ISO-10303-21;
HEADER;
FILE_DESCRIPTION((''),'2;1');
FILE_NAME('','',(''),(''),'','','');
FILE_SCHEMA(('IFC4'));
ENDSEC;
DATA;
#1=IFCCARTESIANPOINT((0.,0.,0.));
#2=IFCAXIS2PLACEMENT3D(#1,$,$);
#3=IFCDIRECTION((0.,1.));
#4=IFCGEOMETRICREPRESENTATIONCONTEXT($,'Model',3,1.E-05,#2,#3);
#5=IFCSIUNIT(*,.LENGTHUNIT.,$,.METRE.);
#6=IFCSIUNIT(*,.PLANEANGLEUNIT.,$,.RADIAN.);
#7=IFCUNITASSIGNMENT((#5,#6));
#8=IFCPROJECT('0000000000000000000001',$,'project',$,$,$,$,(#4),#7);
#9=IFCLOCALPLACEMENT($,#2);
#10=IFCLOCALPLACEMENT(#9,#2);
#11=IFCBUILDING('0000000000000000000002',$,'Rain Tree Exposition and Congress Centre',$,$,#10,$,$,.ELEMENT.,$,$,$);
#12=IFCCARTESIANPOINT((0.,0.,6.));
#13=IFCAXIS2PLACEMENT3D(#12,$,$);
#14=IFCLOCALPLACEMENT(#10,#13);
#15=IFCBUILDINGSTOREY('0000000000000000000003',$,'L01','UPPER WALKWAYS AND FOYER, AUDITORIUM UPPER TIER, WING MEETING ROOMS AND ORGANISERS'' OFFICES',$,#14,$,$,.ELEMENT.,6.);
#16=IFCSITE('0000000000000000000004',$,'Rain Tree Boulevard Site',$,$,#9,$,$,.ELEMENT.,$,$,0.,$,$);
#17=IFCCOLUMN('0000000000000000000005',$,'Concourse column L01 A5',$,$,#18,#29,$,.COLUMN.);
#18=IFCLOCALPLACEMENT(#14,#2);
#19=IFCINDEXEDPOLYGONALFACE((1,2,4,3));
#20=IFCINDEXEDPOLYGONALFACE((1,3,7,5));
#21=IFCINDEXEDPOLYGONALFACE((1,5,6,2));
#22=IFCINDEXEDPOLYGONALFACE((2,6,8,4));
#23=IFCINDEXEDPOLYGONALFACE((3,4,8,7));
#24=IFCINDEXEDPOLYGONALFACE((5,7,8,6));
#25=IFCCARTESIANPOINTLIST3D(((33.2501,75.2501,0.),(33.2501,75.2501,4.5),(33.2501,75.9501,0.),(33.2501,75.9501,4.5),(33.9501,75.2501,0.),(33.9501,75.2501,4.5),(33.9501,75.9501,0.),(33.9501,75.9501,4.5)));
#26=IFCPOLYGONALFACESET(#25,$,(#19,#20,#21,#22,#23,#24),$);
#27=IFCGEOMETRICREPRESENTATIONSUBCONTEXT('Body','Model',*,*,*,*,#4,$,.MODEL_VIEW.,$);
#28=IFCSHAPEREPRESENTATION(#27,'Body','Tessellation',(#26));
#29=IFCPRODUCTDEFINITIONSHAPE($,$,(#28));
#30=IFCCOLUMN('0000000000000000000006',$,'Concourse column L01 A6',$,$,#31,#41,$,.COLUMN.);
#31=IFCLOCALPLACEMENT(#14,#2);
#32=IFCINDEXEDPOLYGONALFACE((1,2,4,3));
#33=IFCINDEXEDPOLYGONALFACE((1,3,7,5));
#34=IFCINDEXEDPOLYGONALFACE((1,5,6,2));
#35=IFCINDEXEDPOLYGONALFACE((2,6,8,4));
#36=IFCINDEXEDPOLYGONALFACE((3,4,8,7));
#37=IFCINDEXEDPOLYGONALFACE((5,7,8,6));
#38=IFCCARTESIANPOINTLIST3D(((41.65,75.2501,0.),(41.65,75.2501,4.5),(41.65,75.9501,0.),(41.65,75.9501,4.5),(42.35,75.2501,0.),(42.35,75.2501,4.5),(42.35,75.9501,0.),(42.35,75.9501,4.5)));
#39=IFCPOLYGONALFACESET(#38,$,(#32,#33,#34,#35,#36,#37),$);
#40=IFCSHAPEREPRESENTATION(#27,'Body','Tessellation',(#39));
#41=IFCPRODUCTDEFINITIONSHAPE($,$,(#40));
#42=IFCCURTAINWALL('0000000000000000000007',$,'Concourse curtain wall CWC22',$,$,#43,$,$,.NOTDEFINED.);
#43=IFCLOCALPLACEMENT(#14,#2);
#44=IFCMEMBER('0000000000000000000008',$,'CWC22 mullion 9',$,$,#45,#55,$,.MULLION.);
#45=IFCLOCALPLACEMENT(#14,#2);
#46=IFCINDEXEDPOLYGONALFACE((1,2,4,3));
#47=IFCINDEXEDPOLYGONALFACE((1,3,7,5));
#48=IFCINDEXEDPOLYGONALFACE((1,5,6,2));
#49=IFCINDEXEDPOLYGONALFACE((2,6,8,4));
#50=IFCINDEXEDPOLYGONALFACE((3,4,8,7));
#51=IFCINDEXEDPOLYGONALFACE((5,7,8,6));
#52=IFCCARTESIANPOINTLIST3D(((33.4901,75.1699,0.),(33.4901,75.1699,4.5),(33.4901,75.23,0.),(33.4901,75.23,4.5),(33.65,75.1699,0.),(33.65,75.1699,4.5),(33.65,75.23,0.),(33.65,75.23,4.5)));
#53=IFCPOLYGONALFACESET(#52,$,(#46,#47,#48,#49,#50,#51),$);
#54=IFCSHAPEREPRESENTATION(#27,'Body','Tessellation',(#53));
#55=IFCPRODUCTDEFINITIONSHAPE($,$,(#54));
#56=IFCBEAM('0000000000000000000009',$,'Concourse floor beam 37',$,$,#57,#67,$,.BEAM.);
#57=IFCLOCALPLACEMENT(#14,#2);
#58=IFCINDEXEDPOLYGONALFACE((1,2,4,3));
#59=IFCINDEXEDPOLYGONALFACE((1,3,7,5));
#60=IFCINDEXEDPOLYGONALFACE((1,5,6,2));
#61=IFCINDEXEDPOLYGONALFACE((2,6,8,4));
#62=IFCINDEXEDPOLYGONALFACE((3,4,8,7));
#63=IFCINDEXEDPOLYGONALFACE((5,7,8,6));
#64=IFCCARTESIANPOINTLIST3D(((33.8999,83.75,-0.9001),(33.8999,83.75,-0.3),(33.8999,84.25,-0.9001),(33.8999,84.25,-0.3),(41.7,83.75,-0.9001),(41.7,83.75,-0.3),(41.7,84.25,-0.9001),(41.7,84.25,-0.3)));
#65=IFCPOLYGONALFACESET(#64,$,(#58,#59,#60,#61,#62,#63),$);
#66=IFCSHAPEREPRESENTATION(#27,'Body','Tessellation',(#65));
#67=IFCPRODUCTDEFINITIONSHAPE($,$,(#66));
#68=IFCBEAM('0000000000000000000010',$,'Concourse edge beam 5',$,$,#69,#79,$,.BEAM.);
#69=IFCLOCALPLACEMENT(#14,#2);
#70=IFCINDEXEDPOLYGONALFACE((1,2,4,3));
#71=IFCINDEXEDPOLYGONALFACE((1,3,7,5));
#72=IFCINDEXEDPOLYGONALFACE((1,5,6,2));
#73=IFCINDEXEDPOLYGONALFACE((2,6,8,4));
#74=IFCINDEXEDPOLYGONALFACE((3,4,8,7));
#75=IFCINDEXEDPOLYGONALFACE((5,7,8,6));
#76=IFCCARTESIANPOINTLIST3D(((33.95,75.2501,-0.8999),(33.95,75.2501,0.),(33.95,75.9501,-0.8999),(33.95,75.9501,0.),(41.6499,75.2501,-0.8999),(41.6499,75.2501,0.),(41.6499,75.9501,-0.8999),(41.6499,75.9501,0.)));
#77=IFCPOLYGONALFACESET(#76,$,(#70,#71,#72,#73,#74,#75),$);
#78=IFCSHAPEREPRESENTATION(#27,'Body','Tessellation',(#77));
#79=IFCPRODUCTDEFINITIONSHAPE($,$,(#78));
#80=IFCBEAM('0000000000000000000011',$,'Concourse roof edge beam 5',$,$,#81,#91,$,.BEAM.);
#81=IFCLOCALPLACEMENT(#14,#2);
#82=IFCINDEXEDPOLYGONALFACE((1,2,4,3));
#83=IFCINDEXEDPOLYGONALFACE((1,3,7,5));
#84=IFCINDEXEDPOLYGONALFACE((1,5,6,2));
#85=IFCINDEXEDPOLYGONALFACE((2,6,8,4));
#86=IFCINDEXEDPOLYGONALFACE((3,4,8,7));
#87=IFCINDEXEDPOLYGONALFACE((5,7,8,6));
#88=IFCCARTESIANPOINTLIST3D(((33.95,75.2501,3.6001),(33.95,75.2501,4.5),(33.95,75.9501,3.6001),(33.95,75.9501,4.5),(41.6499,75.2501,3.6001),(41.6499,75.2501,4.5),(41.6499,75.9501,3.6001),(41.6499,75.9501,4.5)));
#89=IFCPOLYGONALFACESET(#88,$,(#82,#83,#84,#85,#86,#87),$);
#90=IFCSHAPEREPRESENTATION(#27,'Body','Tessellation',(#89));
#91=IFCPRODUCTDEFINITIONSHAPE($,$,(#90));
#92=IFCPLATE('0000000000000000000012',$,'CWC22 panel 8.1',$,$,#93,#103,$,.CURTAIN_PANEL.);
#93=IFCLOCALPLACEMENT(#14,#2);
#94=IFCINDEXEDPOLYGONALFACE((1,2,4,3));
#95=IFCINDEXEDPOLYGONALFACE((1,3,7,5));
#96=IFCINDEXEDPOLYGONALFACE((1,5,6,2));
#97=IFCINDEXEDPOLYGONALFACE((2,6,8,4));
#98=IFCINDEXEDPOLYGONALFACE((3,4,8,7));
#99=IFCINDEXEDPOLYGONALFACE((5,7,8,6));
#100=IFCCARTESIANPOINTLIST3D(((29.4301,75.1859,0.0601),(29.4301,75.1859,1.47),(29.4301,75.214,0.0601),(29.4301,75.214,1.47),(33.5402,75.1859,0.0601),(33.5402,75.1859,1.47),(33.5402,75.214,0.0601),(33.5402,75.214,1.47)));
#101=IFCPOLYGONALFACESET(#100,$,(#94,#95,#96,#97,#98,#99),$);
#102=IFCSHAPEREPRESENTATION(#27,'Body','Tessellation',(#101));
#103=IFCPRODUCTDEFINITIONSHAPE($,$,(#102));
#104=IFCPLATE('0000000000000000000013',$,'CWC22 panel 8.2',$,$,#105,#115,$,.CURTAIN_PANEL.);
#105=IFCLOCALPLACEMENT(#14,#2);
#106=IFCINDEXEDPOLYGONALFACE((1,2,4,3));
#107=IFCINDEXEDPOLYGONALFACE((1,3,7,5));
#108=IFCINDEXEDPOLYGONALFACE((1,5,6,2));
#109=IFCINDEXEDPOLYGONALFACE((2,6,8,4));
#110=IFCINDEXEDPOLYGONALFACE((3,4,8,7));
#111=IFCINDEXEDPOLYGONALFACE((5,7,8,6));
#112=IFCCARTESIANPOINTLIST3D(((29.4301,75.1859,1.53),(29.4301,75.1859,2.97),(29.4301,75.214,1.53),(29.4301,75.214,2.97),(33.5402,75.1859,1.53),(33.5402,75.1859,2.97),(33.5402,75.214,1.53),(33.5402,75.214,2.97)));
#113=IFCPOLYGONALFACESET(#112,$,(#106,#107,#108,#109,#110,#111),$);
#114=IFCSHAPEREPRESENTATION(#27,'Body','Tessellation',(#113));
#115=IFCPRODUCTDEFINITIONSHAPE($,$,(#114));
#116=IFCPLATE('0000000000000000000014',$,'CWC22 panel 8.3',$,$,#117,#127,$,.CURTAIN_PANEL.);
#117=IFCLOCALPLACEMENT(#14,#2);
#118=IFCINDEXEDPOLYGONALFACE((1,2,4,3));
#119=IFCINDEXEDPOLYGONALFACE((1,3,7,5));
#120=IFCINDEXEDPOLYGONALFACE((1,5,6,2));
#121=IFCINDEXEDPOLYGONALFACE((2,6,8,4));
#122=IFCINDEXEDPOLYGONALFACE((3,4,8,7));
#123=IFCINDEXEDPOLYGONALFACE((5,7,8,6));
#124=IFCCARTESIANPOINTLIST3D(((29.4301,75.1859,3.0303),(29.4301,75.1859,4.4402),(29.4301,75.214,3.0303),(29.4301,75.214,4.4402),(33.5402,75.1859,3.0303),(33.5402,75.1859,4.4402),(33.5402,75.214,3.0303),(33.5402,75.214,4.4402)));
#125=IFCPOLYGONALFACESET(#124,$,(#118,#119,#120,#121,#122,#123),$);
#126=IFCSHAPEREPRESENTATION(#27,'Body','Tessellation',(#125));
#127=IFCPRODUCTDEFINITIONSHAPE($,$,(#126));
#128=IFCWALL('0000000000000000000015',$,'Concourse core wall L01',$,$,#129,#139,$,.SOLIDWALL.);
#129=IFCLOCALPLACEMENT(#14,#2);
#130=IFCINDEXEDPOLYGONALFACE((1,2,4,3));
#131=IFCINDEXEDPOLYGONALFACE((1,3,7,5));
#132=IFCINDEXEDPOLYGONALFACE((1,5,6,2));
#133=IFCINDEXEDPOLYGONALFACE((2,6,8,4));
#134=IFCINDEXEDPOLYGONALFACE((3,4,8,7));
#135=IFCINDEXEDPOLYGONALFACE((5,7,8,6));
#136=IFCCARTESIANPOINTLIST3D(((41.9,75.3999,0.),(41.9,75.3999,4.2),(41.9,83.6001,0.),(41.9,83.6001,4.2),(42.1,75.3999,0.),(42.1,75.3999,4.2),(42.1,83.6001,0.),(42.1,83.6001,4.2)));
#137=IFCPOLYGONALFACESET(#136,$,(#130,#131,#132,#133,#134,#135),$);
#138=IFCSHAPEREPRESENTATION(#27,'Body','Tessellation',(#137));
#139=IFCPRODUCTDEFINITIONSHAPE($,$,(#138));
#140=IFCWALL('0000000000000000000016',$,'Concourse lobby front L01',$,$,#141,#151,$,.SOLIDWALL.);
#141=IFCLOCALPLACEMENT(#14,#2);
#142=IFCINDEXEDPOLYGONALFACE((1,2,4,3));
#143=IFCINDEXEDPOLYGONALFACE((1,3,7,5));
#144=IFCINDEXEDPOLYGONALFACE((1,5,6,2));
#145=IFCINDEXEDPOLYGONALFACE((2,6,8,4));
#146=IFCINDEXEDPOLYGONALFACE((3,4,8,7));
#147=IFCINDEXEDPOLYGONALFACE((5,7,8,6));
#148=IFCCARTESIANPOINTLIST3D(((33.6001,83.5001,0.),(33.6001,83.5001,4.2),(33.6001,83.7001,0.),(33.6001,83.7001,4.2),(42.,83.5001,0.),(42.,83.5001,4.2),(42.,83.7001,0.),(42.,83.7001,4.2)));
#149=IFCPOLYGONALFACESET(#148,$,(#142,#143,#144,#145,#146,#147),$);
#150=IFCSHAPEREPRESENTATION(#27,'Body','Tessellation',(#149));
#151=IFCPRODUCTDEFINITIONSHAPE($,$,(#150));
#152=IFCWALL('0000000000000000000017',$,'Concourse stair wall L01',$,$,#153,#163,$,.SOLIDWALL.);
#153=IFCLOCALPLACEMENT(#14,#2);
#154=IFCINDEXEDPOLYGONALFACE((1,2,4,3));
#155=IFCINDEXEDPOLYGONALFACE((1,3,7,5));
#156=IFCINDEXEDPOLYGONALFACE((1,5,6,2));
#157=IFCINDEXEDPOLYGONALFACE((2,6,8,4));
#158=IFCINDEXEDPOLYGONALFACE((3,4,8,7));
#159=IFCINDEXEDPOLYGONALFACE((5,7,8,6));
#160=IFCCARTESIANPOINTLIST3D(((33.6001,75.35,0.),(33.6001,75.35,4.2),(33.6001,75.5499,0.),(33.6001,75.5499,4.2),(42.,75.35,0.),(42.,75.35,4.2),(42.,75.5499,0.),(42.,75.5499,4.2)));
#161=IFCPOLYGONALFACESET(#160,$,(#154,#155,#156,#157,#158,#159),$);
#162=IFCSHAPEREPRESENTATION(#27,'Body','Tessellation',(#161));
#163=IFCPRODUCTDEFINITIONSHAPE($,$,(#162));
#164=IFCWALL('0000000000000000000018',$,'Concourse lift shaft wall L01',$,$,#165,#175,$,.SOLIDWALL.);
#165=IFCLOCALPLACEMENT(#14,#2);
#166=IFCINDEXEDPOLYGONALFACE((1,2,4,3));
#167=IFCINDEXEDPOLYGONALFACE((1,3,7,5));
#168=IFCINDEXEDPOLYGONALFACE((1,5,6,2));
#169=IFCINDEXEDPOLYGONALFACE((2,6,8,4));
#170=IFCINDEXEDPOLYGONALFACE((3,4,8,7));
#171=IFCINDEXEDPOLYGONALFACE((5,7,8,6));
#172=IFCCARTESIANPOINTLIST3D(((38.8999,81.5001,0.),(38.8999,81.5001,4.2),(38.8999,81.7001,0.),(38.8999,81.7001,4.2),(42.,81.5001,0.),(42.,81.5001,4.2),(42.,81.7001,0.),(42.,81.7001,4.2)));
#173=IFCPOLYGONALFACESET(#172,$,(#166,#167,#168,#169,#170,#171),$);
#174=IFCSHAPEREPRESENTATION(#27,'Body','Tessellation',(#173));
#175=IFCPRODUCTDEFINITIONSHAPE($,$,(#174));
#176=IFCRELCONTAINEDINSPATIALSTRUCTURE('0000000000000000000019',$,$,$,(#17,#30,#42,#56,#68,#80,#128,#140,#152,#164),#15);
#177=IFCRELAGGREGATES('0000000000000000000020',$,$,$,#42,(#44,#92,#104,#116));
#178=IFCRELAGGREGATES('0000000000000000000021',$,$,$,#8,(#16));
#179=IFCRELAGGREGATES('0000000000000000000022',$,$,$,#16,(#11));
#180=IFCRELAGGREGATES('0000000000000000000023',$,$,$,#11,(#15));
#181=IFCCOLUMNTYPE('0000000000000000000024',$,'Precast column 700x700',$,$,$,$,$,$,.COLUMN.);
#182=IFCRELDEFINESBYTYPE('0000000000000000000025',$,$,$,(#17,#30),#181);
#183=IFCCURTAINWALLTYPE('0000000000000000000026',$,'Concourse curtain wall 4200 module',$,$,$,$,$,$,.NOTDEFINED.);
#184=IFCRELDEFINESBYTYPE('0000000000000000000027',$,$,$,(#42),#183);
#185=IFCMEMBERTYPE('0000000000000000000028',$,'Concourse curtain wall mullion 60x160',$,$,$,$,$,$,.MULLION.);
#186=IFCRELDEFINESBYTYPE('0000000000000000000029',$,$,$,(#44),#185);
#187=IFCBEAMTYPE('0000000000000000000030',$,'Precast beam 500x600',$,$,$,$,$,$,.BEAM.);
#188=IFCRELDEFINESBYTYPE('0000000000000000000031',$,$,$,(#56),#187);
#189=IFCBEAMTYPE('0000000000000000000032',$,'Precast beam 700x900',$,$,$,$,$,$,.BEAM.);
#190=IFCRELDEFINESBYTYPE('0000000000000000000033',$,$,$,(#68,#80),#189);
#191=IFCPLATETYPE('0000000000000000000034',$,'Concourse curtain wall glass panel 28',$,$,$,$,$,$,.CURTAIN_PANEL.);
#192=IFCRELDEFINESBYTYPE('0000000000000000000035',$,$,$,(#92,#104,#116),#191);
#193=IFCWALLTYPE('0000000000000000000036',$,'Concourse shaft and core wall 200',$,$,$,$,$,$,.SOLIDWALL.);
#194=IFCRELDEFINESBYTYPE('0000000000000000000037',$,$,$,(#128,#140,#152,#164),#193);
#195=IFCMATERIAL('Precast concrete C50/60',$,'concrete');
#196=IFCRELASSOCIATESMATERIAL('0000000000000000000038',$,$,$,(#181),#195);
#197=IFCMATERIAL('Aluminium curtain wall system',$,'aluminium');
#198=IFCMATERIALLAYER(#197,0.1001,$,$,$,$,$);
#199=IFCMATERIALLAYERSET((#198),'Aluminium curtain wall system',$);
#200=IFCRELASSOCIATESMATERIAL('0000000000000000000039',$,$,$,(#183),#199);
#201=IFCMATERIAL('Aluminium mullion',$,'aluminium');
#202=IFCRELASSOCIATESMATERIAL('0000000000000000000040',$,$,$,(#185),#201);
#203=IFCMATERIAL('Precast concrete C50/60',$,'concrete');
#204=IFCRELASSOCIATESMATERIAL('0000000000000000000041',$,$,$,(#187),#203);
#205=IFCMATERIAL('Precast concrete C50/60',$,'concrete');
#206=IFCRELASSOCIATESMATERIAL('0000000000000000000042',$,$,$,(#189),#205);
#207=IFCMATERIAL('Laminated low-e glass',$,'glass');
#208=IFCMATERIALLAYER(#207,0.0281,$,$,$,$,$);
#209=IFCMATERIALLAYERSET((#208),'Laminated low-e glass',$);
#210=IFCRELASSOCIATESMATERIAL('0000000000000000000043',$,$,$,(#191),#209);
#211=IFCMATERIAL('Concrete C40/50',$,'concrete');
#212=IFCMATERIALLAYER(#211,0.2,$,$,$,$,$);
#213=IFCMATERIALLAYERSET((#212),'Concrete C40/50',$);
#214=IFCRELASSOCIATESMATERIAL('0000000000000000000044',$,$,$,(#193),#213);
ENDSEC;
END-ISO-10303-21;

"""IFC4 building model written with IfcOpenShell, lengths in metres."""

from ifc_helpers import new_model, si_unit, direction, frame, frame_2d, origin, origin_2d, place, context, subcontext, project, spatial, rectangle, extrude, material, layer, layer_set, material_profile, profile_set, type_object, element, aggregate, save


model = new_model("IFC4")

# Units and contexts
model_context = context("Model", 3, precision=1e-05, world=origin(), true_north=direction((0.0, 1.0)))
body_context = subcontext(model_context, "Body", "Model", "MODEL_VIEW")
ifc_project = project(units=[si_unit("LENGTHUNIT", "METRE"), si_unit("PLANEANGLEUNIT", "RADIAN")], contexts=[model_context])

# Site, building, storey
site_placement = place(None, origin())
site = spatial("IfcSite", under=ifc_project, at=site_placement, Name="Rain Tree Boulevard Site", CompositionType="ELEMENT", RefElevation=0.0)
building_placement = place(site_placement, origin())
building = spatial("IfcBuilding", under=site, at=building_placement, Name="Rain Tree Exposition and Congress Centre", CompositionType="ELEMENT")
storey_placement = place(building_placement, frame((0.0, 0.0, 6.0)))
storey = spatial("IfcBuildingStorey", under=building, at=storey_placement, Name="L01", Description="UPPER WALKWAYS AND FOYER, AUDITORIUM UPPER TIER, WING MEETING ROOMS AND ORGANISERS' OFFICES", CompositionType="ELEMENT", Elevation=6.0)

# Columns
ifc_material_1 = material(Name="Precast concrete C50/60", Category="concrete")
ifc_material_profile_1 = material_profile(ifc_material_1, rectangle(XDim=0.7, YDim=0.7, at=origin_2d()), Name="RC 700x700")
ifc_profile_set_1 = profile_set([ifc_material_profile_1], Name="Precast concrete C50/60")
column_type = type_object("IfcColumnType", Name="Precast column 700x700", PredefinedType="COLUMN", material=ifc_profile_set_1)
for number, where, z_axis, x_axis, name in (
    (1, (33.6001, 75.6001, 0.0), (0.0, 0.0, 1.0), (1.0, 0.0, 0.0), "Concourse column L01 A5"),
    (2, (42.0, 75.6001, 0.0), (0.0, 0.0, 1.0), (1.0, 0.0, 0.0), "Concourse column L01 A6"),
):
    element("IfcColumn", number, at=place(storey_placement, frame(where, z_axis=z_axis, x_axis=x_axis)), inside=storey, type_object=column_type, Name=name, PredefinedType="COLUMN", context=body_context, shape_type="SweptSolid", body=[
        extrude(rectangle(XDim=0.7, YDim=0.7, at=origin_2d()), origin(), (0.0, 0.0, 1.0), 4.5),
    ])

# Curtain wall, member
ifc_material_2 = material(Name="Aluminium curtain wall system", Category="aluminium")
ifc_layer_1 = layer(ifc_material_2, 0.1001)
ifc_layer_set_1 = layer_set([ifc_layer_1], Name="Aluminium curtain wall system")
curtain_wall_type = type_object("IfcCurtainWallType", Name="Concourse curtain wall 4200 module", PredefinedType="NOTDEFINED", material=ifc_layer_set_1)
curtain_wall_placement = place(storey_placement, origin())
curtain_wall = element("IfcCurtainWall", 3, at=curtain_wall_placement, inside=storey, type_object=curtain_wall_type, Name="Concourse curtain wall CWC22", PredefinedType="NOTDEFINED")
ifc_material_3 = material(Name="Aluminium mullion", Category="aluminium")
ifc_material_profile_2 = material_profile(ifc_material_3, rectangle(XDim=0.0601, YDim=0.1599, at=origin_2d()), Name="AL 60x160")
ifc_profile_set_2 = profile_set([ifc_material_profile_2], Name="Aluminium mullion")
member_type = type_object("IfcMemberType", Name="Concourse curtain wall mullion 60x160", PredefinedType="MULLION", material=ifc_profile_set_2)
member_placement = place(storey_placement, frame((33.5701, 75.2, 0.0), z_axis=(0.0, 0.0, 1.0), x_axis=(0.0, 1.0, 0.0)))
member = element("IfcMember", 4, at=member_placement, type_object=member_type, Name="CWC22 mullion 9", PredefinedType="MULLION", context=body_context, shape_type="SweptSolid", body=[
    extrude(rectangle(XDim=0.0601, YDim=0.1599, at=origin_2d()), origin(), (0.0, 0.0, 1.0), 4.5),
])

# Beams
ifc_material_4 = material(Name="Precast concrete C50/60", Category="concrete")
ifc_material_profile_3 = material_profile(ifc_material_4, rectangle(XDim=0.5, YDim=0.6001, at=origin_2d()), Name="RC 500x600")
ifc_profile_set_3 = profile_set([ifc_material_profile_3], Name="Precast concrete C50/60")
beam_type_1 = type_object("IfcBeamType", Name="Precast beam 500x600", PredefinedType="BEAM", material=ifc_profile_set_3)
beam_placement = place(storey_placement, frame((33.8999, 84.0, -0.6001), z_axis=(1.0, 0.0, 0.0), x_axis=(0.0, 1.0, 0.0)))
element("IfcBeam", 5, at=beam_placement, inside=storey, type_object=beam_type_1, Name="Concourse floor beam 37", PredefinedType="BEAM", context=body_context, shape_type="SweptSolid", body=[
    extrude(rectangle(XDim=0.5, YDim=0.6001, at=origin_2d()), origin(), (0.0, 0.0, 1.0), 7.8),
])
ifc_material_5 = material(Name="Precast concrete C50/60", Category="concrete")
ifc_material_profile_4 = material_profile(ifc_material_5, rectangle(XDim=0.7, YDim=0.8999, at=origin_2d()), Name="RC 700x900")
ifc_profile_set_4 = profile_set([ifc_material_profile_4], Name="Precast concrete C50/60")
beam_type_2 = type_object("IfcBeamType", Name="Precast beam 700x900", PredefinedType="BEAM", material=ifc_profile_set_4)
for number, where, z_axis, x_axis, name in (
    (6, (33.95, 75.6001, -0.45), (1.0, 0.0, 0.0), (0.0, 1.0, 0.0), "Concourse edge beam 5"),
    (7, (33.95, 75.6001, 4.05), (1.0, 0.0, 0.0), (0.0, 1.0, 0.0), "Concourse roof edge beam 5"),
):
    element("IfcBeam", number, at=place(storey_placement, frame(where, z_axis=z_axis, x_axis=x_axis)), inside=storey, type_object=beam_type_2, Name=name, PredefinedType="BEAM", context=body_context, shape_type="SweptSolid", body=[
        extrude(rectangle(XDim=0.7, YDim=0.8999, at=origin_2d()), origin(), (0.0, 0.0, 1.0), 7.7),
    ])

# Plates
ifc_material_6 = material(Name="Laminated low-e glass", Category="glass")
ifc_layer_2 = layer(ifc_material_6, 0.0281)
ifc_layer_set_2 = layer_set([ifc_layer_2], Name="Laminated low-e glass")
plate_type = type_object("IfcPlateType", Name="Concourse curtain wall glass panel 28", PredefinedType="CURTAIN_PANEL", material=ifc_layer_set_2)
plate_1_placement = place(storey_placement, frame((31.4851, 75.2, 0.0601), z_axis=(0.0, 0.0, 1.0), x_axis=(1.0, 0.0, 0.0)))
plate_1 = element("IfcPlate", 8, at=plate_1_placement, type_object=plate_type, Name="CWC22 panel 8.1", PredefinedType="CURTAIN_PANEL", context=body_context, shape_type="SweptSolid", body=[
    extrude(rectangle(XDim=4.1101, YDim=0.0281, at=origin_2d()), origin(), (0.0, 0.0, 1.0), 1.4099),
])
plate_2_placement = place(storey_placement, frame((31.4851, 75.2, 1.53), z_axis=(0.0, 0.0, 1.0), x_axis=(1.0, 0.0, 0.0)))
plate_2 = element("IfcPlate", 9, at=plate_2_placement, type_object=plate_type, Name="CWC22 panel 8.2", PredefinedType="CURTAIN_PANEL", context=body_context, shape_type="SweptSolid", body=[
    extrude(rectangle(XDim=4.1101, YDim=0.0281, at=origin_2d()), origin(), (0.0, 0.0, 1.0), 1.4399),
])
plate_3_placement = place(storey_placement, frame((31.4851, 75.2, 3.0303), z_axis=(0.0, 0.0, 1.0), x_axis=(1.0, 0.0, 0.0)))
plate_3 = element("IfcPlate", 10, at=plate_3_placement, type_object=plate_type, Name="CWC22 panel 8.3", PredefinedType="CURTAIN_PANEL", context=body_context, shape_type="SweptSolid", body=[
    extrude(rectangle(XDim=4.1101, YDim=0.0281, at=origin_2d()), origin(), (0.0, 0.0, 1.0), 1.4099),
])
aggregate(curtain_wall, [member, plate_1, plate_2, plate_3])

# Shared definitions
ifc_material_7 = material(Name="Concrete C40/50", Category="concrete")
ifc_layer_3 = layer(ifc_material_7, 0.2)
ifc_layer_set_3 = layer_set([ifc_layer_3], Name="Concrete C40/50")
wall_type_1 = type_object("IfcWallType", Name="Concourse shaft and core wall 200", PredefinedType="SOLIDWALL", material=ifc_layer_set_3)

# Walls
wall_1_placement = place(storey_placement, frame((42.0, 75.3999, 0.0), z_axis=(0.0, 0.0, 1.0), x_axis=(0.0, 1.0, 0.0)))
element("IfcWall", 11, at=wall_1_placement, inside=storey, type_object=wall_type_1, Name="Concourse core wall L01", PredefinedType="SOLIDWALL", context=body_context, shape_type="SweptSolid", body=[
    extrude(rectangle(XDim=8.2002, YDim=0.2, at=frame_2d((4.1001, 0.0))), origin(), (0.0, 0.0, 1.0), 4.2),
])
for number, where, z_axis, x_axis, name in (
    (12, (33.6001, 83.6001, 0.0), (0.0, 0.0, 1.0), (1.0, 0.0, 0.0), "Concourse lobby front L01"),
    (13, (33.6001, 75.45, 0.0), (0.0, 0.0, 1.0), (1.0, 0.0, 0.0), "Concourse stair wall L01"),
):
    element("IfcWall", number, at=place(storey_placement, frame(where, z_axis=z_axis, x_axis=x_axis)), inside=storey, type_object=wall_type_1, Name=name, PredefinedType="SOLIDWALL", context=body_context, shape_type="SweptSolid", body=[
        extrude(rectangle(XDim=8.3999, YDim=0.2, at=frame_2d((4.2, 0.0))), origin(), (0.0, 0.0, 1.0), 4.2),
    ])

# Wall
wall_2_placement = place(storey_placement, frame((38.8999, 81.6001, 0.0), z_axis=(0.0, 0.0, 1.0), x_axis=(1.0, 0.0, 0.0)))
element("IfcWall", 14, at=wall_2_placement, inside=storey, type_object=wall_type_1, Name="Concourse lift shaft wall L01", PredefinedType="SOLIDWALL", context=body_context, shape_type="SweptSolid", body=[
    extrude(rectangle(XDim=3.1001, YDim=0.2, at=frame_2d((1.55, 0.0))), origin(), (0.0, 0.0, 1.0), 4.2),
])

save(model, "model.ifc")
